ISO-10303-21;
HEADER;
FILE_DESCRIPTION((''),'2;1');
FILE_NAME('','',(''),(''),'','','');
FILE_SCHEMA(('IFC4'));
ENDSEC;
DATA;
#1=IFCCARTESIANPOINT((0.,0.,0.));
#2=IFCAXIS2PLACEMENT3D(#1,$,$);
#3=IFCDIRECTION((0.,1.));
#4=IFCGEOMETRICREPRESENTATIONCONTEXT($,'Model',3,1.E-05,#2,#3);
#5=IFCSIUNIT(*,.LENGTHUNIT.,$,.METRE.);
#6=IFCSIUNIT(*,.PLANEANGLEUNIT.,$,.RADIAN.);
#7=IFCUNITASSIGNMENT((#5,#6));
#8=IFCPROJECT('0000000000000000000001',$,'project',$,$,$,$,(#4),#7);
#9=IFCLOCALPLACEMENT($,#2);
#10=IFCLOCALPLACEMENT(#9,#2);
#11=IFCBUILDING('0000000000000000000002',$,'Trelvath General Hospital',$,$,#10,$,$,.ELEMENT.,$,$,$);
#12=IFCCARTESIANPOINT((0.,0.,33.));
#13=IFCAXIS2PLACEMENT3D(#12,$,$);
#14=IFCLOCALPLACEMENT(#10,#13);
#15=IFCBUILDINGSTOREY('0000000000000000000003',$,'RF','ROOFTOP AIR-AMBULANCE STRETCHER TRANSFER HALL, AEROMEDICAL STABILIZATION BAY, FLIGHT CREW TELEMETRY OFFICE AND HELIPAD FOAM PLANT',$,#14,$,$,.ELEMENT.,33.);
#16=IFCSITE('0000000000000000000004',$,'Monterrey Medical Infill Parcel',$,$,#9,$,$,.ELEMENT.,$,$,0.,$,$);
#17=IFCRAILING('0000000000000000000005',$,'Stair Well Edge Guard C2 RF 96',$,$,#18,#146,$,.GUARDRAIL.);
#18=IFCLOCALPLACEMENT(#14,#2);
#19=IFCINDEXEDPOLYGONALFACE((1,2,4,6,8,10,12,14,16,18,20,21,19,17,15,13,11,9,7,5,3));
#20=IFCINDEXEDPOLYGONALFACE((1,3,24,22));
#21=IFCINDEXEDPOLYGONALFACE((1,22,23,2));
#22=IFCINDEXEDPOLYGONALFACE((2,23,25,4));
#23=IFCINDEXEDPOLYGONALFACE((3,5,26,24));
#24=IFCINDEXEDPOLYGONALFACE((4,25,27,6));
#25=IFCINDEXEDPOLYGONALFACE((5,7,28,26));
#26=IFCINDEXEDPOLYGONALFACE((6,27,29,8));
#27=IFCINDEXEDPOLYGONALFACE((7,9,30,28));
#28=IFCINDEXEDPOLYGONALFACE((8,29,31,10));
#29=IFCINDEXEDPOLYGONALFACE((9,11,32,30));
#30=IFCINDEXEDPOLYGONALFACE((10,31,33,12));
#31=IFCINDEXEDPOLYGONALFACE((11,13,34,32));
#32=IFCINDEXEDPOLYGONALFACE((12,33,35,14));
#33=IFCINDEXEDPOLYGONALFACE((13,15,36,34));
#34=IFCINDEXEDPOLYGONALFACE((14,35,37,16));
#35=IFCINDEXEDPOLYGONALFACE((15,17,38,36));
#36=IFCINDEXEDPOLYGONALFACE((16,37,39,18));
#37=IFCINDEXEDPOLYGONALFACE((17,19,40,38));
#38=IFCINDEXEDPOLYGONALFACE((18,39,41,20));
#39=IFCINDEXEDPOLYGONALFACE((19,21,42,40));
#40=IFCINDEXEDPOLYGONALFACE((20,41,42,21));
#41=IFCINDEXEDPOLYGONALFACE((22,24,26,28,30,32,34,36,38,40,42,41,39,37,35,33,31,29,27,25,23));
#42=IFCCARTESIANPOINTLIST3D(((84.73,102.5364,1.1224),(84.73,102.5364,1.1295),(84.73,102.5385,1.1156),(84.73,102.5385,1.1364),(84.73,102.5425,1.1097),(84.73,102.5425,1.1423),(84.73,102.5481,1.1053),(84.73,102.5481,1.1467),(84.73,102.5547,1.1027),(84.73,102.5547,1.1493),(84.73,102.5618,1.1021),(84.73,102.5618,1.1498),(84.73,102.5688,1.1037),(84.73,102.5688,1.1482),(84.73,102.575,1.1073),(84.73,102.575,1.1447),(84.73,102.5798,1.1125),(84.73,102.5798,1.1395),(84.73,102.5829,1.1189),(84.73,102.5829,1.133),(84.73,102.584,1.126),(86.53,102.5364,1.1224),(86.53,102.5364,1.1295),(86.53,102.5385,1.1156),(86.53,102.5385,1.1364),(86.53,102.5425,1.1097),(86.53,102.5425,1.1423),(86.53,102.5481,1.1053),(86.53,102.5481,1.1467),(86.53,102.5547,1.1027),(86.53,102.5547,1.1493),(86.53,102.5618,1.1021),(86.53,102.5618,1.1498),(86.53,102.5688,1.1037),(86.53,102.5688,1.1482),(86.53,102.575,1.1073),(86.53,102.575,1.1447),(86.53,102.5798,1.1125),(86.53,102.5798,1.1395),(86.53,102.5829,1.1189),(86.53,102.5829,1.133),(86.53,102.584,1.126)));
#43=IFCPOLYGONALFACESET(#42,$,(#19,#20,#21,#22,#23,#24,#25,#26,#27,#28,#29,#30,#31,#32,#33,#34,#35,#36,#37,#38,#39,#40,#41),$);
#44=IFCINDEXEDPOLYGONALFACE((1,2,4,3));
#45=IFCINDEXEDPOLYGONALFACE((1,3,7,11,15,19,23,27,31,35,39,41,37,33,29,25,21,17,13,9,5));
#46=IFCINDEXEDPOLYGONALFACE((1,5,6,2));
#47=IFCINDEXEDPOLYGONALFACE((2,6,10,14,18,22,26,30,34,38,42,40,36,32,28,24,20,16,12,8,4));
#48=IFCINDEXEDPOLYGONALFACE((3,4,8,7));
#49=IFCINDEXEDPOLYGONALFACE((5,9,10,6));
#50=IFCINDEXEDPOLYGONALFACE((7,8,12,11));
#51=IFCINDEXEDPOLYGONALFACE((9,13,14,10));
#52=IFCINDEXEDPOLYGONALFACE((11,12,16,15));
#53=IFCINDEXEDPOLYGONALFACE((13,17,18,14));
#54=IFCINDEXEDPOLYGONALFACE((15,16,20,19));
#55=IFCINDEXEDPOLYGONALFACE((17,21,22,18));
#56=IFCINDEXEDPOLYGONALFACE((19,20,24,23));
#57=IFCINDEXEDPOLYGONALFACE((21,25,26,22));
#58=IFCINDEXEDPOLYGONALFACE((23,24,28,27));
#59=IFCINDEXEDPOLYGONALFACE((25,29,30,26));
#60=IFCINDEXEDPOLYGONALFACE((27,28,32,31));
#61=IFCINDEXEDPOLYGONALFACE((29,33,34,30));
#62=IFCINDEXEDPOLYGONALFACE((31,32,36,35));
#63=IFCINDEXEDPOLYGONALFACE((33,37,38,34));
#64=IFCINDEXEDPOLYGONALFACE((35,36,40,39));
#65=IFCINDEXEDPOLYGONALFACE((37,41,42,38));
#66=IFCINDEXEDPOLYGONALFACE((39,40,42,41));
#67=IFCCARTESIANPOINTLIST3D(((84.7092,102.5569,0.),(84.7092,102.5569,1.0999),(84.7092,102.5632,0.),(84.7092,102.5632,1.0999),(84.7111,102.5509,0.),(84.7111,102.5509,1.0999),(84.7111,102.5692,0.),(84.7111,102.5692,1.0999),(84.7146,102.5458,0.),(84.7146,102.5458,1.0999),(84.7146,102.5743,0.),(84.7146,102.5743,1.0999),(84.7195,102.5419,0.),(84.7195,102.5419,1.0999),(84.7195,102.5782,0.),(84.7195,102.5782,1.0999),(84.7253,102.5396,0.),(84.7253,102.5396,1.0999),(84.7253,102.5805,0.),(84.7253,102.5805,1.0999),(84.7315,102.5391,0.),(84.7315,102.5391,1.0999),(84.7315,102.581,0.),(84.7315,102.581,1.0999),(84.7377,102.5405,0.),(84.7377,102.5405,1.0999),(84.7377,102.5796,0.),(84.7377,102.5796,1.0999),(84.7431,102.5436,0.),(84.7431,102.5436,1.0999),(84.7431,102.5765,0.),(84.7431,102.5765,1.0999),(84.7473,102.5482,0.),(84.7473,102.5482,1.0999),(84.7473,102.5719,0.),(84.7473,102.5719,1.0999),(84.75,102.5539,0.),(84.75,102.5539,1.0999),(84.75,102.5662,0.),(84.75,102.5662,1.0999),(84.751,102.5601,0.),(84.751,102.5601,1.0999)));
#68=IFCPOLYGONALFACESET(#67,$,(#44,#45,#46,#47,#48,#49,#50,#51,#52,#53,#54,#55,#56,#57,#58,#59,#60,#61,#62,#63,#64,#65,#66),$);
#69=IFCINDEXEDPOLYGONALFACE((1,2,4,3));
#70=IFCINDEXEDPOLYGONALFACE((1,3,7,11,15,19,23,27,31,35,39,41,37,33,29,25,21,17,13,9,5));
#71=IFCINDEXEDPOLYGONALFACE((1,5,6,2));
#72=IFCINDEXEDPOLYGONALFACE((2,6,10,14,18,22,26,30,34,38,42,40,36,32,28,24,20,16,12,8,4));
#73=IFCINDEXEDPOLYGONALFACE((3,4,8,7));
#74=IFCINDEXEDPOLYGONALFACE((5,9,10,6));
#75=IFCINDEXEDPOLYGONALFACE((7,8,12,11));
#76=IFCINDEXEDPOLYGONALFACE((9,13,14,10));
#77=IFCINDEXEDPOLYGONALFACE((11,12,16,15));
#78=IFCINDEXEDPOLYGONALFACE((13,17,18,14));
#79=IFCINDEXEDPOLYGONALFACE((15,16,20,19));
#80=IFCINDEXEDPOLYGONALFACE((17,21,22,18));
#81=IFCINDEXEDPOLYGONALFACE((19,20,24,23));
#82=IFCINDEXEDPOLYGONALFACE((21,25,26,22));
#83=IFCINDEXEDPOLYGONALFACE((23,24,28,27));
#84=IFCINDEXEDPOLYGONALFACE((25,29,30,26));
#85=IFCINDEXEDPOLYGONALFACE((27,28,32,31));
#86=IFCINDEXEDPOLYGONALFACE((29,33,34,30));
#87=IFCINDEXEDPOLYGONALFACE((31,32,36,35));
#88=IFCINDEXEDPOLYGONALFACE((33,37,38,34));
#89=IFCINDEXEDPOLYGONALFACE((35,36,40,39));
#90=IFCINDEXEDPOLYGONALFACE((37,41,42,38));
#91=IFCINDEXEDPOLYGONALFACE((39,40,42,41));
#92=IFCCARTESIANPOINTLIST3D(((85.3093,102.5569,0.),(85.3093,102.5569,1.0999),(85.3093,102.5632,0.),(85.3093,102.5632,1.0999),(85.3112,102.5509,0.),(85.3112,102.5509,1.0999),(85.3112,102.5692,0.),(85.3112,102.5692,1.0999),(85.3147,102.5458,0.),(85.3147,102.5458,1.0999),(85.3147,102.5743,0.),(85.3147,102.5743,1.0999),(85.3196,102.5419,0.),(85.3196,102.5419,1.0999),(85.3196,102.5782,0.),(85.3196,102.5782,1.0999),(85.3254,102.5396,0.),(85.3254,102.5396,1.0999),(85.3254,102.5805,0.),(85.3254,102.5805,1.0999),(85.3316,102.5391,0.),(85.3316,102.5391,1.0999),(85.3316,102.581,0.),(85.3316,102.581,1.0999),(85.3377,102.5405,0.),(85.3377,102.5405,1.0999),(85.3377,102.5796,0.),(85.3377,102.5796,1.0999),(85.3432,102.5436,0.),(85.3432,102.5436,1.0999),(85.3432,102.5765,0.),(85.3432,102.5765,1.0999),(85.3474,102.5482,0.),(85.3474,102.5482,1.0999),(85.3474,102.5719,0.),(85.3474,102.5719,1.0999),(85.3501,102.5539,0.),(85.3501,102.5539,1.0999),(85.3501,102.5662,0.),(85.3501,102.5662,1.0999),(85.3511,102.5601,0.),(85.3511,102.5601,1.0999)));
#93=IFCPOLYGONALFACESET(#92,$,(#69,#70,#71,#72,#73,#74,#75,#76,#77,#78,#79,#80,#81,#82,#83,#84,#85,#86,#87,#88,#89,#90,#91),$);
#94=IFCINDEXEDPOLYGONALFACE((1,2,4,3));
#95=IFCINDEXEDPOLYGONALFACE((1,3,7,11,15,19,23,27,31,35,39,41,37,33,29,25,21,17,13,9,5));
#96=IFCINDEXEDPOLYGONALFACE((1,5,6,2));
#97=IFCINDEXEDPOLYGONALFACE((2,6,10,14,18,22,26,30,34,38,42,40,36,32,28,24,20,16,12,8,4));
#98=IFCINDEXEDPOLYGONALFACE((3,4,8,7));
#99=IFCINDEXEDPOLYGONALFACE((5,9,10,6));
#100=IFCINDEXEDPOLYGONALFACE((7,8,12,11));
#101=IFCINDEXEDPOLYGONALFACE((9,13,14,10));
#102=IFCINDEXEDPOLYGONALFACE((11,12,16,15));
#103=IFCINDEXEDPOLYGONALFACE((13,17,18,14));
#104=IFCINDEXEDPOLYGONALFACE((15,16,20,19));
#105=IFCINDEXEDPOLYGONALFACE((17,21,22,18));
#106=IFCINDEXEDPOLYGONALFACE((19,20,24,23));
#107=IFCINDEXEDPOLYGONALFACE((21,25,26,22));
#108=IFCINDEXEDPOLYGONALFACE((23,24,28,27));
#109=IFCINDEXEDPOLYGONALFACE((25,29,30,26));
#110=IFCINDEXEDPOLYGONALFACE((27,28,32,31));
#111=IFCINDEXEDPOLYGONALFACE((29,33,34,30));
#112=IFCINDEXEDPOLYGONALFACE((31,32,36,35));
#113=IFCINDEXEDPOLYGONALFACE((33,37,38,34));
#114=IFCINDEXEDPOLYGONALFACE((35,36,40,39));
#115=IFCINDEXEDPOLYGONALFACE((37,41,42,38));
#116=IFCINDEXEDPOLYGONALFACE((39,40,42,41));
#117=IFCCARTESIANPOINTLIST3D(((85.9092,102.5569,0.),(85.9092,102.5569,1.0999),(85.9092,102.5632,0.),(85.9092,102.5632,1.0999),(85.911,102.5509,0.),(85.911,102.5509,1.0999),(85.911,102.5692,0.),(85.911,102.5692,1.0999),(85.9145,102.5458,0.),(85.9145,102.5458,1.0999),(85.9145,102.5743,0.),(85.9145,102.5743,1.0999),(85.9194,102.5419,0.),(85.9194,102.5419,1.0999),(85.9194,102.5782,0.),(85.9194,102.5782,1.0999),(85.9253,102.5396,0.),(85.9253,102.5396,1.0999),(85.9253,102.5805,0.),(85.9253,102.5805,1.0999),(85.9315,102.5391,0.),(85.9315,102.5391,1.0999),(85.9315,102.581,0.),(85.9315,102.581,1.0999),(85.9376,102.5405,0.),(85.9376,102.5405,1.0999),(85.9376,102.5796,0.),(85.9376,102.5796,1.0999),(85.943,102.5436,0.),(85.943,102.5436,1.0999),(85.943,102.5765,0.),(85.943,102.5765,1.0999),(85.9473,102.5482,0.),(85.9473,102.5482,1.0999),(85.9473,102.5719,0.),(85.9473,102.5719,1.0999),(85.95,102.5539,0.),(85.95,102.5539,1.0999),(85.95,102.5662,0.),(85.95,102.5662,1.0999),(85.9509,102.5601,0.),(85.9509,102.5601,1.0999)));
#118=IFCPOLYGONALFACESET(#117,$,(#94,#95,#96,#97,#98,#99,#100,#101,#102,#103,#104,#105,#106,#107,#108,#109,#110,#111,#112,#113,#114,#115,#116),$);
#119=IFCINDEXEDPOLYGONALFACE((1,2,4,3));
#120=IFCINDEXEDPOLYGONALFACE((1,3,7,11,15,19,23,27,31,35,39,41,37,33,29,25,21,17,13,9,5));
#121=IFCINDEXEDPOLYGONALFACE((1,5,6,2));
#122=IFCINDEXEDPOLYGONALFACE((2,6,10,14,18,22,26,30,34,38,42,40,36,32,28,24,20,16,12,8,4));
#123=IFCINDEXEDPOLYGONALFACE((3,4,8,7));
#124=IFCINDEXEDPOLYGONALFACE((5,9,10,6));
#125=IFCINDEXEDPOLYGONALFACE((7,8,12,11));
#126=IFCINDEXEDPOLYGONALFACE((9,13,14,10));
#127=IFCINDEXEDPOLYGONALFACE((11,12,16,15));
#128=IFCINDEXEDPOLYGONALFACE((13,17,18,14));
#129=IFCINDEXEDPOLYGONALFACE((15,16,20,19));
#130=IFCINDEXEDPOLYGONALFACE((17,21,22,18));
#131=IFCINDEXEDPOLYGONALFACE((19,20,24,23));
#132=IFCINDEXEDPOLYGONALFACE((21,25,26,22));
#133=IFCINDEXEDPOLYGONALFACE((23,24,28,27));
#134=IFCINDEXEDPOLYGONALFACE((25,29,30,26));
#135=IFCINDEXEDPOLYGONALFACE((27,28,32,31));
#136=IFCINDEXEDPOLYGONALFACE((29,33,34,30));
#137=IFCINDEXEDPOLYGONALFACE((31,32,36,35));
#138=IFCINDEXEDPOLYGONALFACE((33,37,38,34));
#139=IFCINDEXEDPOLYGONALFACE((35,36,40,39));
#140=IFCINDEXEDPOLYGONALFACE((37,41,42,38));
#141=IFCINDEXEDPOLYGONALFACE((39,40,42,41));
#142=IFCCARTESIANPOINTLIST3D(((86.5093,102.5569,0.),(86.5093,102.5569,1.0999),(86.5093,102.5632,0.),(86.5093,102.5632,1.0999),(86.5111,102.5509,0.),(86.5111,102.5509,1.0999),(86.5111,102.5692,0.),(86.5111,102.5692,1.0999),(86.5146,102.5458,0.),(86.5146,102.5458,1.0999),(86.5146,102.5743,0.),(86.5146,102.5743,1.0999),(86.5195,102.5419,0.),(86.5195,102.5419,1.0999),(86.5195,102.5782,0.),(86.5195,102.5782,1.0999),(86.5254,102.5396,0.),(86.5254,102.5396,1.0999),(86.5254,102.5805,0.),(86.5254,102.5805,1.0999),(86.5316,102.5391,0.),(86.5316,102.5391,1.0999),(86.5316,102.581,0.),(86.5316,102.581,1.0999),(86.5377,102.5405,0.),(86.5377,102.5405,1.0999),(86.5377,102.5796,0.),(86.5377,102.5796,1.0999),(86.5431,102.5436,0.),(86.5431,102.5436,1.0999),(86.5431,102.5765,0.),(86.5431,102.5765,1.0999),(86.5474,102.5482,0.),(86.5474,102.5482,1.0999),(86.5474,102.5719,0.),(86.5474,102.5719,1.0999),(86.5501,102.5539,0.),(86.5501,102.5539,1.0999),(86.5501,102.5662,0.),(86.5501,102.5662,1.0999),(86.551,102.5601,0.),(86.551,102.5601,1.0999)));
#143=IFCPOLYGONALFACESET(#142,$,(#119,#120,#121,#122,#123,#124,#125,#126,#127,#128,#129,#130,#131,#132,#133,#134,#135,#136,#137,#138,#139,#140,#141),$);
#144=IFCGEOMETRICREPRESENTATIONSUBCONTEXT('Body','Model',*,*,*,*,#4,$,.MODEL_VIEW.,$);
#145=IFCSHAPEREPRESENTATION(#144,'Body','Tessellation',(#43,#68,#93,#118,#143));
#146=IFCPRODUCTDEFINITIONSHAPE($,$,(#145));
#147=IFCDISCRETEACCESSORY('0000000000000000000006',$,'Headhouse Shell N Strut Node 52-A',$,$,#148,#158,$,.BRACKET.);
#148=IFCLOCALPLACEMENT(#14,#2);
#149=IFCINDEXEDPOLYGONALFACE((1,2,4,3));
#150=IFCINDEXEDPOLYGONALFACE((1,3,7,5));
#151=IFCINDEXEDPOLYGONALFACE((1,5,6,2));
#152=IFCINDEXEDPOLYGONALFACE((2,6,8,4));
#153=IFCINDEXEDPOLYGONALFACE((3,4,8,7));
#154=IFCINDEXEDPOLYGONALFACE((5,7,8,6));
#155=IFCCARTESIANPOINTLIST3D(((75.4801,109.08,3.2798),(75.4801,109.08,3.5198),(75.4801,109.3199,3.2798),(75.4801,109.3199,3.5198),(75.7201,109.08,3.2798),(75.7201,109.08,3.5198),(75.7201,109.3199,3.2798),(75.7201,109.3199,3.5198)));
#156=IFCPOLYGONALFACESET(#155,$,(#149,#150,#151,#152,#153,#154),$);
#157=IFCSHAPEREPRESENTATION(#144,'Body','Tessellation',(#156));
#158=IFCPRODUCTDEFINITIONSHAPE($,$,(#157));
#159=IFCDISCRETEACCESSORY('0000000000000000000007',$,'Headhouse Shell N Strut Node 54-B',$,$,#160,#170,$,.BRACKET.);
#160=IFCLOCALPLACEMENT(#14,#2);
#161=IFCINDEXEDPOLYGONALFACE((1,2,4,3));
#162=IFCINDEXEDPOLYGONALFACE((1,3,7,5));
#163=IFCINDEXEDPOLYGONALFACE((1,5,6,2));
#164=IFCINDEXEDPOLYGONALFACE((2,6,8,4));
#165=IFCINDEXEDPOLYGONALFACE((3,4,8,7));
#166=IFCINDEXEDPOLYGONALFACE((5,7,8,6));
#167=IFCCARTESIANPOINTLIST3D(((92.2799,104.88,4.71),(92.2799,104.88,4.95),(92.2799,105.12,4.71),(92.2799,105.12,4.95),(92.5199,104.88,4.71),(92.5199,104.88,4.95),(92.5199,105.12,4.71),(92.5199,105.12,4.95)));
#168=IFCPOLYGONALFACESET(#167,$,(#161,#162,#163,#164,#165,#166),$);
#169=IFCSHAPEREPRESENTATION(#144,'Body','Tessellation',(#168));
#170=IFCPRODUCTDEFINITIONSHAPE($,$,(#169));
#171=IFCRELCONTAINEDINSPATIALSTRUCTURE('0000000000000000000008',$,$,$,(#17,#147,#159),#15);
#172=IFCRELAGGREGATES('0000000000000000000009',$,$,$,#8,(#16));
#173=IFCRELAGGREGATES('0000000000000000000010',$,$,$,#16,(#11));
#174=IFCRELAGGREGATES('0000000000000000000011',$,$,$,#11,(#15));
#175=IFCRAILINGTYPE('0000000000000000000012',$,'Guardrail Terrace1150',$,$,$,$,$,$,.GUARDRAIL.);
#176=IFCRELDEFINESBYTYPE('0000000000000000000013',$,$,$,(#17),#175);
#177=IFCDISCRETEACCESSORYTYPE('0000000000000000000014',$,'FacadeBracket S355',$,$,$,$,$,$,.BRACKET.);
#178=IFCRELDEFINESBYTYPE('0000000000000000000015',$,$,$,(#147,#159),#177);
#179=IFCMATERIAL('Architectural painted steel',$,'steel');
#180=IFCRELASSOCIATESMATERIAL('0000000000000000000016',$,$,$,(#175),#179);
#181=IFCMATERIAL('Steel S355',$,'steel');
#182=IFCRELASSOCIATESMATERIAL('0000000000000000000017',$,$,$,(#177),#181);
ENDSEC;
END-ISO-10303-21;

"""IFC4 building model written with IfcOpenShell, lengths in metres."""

from ifc_helpers import new_model, si_unit, direction, frame, origin, origin_2d, place, context, subcontext, project, spatial, rectangle, circle, extrude, material, type_object, element, save


model = new_model("IFC4")

# Units and contexts
model_context = context("Model", 3, precision=1e-05, world=origin(), true_north=direction((0.0, 1.0)))
body_context = subcontext(model_context, "Body", "Model", "MODEL_VIEW")
ifc_project = project(units=[si_unit("LENGTHUNIT", "METRE"), si_unit("PLANEANGLEUNIT", "RADIAN")], contexts=[model_context])

# Site, building, storey
site_placement = place(None, origin())
site = spatial("IfcSite", under=ifc_project, at=site_placement, Name="Monterrey Medical Infill Parcel", CompositionType="ELEMENT", RefElevation=0.0)
building_placement = place(site_placement, origin())
building = spatial("IfcBuilding", under=site, at=building_placement, Name="Trelvath General Hospital", CompositionType="ELEMENT")
storey_placement = place(building_placement, frame((0.0, 0.0, 33.0)))
storey = spatial("IfcBuildingStorey", under=building, at=storey_placement, Name="RF", Description="ROOFTOP AIR-AMBULANCE STRETCHER TRANSFER HALL, AEROMEDICAL STABILIZATION BAY, FLIGHT CREW TELEMETRY OFFICE AND HELIPAD FOAM PLANT", CompositionType="ELEMENT", Elevation=33.0)

# Railing
ifc_material_1 = material(Name="Architectural painted steel", Category="steel")
railing_type = type_object("IfcRailingType", Name="Guardrail Terrace1150", PredefinedType="GUARDRAIL", material=ifc_material_1)
railing_placement = place(storey_placement, frame((84.73, 102.5601, 0.0)))
element("IfcRailing", 1, at=railing_placement, inside=storey, type_object=railing_type, Name="Stair Well Edge Guard C2 RF 96", PredefinedType="GUARDRAIL", context=body_context, shape_type="SweptSolid", body=[
    extrude(circle(Radius=0.0239, at=origin_2d()), frame((0.0, 0.0, 1.126), z_axis=(1.0, 0.0, 0.0), x_axis=(0.0, 1.0, 0.0)), (0.0, 0.0, 1.0), 1.8),
    extrude(circle(Radius=0.021, at=origin_2d()), origin(), (0.0, 0.0, 1.0), 1.0999),
    extrude(circle(Radius=0.021, at=origin_2d()), frame((0.6001, 0.0, 0.0)), (0.0, 0.0, 1.0), 1.0999),
    extrude(circle(Radius=0.021, at=origin_2d()), frame((1.2, 0.0, 0.0)), (0.0, 0.0, 1.0), 1.0999),
    extrude(circle(Radius=0.021, at=origin_2d()), frame((1.8, 0.0, 0.0)), (0.0, 0.0, 1.0), 1.0999),
])

# Discrete accessories
ifc_material_2 = material(Name="Steel S355", Category="steel")
discrete_accessory_type = type_object("IfcDiscreteAccessoryType", Name="FacadeBracket S355", PredefinedType="BRACKET", material=ifc_material_2)
for number, where, z_axis, x_axis, name in (
    (2, (75.6001, 109.2, 3.2798), (0.0, 0.0, 1.0), (1.0, 0.0, 0.0), "Headhouse Shell N Strut Node 52-A"),
    (3, (92.3999, 105.0, 4.71), (0.0, 0.0, 1.0), (1.0, 0.0, 0.0), "Headhouse Shell N Strut Node 54-B"),
):
    element("IfcDiscreteAccessory", number, at=place(storey_placement, frame(where, z_axis=z_axis, x_axis=x_axis)), inside=storey, type_object=discrete_accessory_type, Name=name, PredefinedType="BRACKET", context=body_context, shape_type="SweptSolid", body=[
        extrude(rectangle(XDim=0.24, YDim=0.24, at=origin_2d()), origin(), (0.0, 0.0, 1.0), 0.24),
    ])

save(model, "model.ifc")
